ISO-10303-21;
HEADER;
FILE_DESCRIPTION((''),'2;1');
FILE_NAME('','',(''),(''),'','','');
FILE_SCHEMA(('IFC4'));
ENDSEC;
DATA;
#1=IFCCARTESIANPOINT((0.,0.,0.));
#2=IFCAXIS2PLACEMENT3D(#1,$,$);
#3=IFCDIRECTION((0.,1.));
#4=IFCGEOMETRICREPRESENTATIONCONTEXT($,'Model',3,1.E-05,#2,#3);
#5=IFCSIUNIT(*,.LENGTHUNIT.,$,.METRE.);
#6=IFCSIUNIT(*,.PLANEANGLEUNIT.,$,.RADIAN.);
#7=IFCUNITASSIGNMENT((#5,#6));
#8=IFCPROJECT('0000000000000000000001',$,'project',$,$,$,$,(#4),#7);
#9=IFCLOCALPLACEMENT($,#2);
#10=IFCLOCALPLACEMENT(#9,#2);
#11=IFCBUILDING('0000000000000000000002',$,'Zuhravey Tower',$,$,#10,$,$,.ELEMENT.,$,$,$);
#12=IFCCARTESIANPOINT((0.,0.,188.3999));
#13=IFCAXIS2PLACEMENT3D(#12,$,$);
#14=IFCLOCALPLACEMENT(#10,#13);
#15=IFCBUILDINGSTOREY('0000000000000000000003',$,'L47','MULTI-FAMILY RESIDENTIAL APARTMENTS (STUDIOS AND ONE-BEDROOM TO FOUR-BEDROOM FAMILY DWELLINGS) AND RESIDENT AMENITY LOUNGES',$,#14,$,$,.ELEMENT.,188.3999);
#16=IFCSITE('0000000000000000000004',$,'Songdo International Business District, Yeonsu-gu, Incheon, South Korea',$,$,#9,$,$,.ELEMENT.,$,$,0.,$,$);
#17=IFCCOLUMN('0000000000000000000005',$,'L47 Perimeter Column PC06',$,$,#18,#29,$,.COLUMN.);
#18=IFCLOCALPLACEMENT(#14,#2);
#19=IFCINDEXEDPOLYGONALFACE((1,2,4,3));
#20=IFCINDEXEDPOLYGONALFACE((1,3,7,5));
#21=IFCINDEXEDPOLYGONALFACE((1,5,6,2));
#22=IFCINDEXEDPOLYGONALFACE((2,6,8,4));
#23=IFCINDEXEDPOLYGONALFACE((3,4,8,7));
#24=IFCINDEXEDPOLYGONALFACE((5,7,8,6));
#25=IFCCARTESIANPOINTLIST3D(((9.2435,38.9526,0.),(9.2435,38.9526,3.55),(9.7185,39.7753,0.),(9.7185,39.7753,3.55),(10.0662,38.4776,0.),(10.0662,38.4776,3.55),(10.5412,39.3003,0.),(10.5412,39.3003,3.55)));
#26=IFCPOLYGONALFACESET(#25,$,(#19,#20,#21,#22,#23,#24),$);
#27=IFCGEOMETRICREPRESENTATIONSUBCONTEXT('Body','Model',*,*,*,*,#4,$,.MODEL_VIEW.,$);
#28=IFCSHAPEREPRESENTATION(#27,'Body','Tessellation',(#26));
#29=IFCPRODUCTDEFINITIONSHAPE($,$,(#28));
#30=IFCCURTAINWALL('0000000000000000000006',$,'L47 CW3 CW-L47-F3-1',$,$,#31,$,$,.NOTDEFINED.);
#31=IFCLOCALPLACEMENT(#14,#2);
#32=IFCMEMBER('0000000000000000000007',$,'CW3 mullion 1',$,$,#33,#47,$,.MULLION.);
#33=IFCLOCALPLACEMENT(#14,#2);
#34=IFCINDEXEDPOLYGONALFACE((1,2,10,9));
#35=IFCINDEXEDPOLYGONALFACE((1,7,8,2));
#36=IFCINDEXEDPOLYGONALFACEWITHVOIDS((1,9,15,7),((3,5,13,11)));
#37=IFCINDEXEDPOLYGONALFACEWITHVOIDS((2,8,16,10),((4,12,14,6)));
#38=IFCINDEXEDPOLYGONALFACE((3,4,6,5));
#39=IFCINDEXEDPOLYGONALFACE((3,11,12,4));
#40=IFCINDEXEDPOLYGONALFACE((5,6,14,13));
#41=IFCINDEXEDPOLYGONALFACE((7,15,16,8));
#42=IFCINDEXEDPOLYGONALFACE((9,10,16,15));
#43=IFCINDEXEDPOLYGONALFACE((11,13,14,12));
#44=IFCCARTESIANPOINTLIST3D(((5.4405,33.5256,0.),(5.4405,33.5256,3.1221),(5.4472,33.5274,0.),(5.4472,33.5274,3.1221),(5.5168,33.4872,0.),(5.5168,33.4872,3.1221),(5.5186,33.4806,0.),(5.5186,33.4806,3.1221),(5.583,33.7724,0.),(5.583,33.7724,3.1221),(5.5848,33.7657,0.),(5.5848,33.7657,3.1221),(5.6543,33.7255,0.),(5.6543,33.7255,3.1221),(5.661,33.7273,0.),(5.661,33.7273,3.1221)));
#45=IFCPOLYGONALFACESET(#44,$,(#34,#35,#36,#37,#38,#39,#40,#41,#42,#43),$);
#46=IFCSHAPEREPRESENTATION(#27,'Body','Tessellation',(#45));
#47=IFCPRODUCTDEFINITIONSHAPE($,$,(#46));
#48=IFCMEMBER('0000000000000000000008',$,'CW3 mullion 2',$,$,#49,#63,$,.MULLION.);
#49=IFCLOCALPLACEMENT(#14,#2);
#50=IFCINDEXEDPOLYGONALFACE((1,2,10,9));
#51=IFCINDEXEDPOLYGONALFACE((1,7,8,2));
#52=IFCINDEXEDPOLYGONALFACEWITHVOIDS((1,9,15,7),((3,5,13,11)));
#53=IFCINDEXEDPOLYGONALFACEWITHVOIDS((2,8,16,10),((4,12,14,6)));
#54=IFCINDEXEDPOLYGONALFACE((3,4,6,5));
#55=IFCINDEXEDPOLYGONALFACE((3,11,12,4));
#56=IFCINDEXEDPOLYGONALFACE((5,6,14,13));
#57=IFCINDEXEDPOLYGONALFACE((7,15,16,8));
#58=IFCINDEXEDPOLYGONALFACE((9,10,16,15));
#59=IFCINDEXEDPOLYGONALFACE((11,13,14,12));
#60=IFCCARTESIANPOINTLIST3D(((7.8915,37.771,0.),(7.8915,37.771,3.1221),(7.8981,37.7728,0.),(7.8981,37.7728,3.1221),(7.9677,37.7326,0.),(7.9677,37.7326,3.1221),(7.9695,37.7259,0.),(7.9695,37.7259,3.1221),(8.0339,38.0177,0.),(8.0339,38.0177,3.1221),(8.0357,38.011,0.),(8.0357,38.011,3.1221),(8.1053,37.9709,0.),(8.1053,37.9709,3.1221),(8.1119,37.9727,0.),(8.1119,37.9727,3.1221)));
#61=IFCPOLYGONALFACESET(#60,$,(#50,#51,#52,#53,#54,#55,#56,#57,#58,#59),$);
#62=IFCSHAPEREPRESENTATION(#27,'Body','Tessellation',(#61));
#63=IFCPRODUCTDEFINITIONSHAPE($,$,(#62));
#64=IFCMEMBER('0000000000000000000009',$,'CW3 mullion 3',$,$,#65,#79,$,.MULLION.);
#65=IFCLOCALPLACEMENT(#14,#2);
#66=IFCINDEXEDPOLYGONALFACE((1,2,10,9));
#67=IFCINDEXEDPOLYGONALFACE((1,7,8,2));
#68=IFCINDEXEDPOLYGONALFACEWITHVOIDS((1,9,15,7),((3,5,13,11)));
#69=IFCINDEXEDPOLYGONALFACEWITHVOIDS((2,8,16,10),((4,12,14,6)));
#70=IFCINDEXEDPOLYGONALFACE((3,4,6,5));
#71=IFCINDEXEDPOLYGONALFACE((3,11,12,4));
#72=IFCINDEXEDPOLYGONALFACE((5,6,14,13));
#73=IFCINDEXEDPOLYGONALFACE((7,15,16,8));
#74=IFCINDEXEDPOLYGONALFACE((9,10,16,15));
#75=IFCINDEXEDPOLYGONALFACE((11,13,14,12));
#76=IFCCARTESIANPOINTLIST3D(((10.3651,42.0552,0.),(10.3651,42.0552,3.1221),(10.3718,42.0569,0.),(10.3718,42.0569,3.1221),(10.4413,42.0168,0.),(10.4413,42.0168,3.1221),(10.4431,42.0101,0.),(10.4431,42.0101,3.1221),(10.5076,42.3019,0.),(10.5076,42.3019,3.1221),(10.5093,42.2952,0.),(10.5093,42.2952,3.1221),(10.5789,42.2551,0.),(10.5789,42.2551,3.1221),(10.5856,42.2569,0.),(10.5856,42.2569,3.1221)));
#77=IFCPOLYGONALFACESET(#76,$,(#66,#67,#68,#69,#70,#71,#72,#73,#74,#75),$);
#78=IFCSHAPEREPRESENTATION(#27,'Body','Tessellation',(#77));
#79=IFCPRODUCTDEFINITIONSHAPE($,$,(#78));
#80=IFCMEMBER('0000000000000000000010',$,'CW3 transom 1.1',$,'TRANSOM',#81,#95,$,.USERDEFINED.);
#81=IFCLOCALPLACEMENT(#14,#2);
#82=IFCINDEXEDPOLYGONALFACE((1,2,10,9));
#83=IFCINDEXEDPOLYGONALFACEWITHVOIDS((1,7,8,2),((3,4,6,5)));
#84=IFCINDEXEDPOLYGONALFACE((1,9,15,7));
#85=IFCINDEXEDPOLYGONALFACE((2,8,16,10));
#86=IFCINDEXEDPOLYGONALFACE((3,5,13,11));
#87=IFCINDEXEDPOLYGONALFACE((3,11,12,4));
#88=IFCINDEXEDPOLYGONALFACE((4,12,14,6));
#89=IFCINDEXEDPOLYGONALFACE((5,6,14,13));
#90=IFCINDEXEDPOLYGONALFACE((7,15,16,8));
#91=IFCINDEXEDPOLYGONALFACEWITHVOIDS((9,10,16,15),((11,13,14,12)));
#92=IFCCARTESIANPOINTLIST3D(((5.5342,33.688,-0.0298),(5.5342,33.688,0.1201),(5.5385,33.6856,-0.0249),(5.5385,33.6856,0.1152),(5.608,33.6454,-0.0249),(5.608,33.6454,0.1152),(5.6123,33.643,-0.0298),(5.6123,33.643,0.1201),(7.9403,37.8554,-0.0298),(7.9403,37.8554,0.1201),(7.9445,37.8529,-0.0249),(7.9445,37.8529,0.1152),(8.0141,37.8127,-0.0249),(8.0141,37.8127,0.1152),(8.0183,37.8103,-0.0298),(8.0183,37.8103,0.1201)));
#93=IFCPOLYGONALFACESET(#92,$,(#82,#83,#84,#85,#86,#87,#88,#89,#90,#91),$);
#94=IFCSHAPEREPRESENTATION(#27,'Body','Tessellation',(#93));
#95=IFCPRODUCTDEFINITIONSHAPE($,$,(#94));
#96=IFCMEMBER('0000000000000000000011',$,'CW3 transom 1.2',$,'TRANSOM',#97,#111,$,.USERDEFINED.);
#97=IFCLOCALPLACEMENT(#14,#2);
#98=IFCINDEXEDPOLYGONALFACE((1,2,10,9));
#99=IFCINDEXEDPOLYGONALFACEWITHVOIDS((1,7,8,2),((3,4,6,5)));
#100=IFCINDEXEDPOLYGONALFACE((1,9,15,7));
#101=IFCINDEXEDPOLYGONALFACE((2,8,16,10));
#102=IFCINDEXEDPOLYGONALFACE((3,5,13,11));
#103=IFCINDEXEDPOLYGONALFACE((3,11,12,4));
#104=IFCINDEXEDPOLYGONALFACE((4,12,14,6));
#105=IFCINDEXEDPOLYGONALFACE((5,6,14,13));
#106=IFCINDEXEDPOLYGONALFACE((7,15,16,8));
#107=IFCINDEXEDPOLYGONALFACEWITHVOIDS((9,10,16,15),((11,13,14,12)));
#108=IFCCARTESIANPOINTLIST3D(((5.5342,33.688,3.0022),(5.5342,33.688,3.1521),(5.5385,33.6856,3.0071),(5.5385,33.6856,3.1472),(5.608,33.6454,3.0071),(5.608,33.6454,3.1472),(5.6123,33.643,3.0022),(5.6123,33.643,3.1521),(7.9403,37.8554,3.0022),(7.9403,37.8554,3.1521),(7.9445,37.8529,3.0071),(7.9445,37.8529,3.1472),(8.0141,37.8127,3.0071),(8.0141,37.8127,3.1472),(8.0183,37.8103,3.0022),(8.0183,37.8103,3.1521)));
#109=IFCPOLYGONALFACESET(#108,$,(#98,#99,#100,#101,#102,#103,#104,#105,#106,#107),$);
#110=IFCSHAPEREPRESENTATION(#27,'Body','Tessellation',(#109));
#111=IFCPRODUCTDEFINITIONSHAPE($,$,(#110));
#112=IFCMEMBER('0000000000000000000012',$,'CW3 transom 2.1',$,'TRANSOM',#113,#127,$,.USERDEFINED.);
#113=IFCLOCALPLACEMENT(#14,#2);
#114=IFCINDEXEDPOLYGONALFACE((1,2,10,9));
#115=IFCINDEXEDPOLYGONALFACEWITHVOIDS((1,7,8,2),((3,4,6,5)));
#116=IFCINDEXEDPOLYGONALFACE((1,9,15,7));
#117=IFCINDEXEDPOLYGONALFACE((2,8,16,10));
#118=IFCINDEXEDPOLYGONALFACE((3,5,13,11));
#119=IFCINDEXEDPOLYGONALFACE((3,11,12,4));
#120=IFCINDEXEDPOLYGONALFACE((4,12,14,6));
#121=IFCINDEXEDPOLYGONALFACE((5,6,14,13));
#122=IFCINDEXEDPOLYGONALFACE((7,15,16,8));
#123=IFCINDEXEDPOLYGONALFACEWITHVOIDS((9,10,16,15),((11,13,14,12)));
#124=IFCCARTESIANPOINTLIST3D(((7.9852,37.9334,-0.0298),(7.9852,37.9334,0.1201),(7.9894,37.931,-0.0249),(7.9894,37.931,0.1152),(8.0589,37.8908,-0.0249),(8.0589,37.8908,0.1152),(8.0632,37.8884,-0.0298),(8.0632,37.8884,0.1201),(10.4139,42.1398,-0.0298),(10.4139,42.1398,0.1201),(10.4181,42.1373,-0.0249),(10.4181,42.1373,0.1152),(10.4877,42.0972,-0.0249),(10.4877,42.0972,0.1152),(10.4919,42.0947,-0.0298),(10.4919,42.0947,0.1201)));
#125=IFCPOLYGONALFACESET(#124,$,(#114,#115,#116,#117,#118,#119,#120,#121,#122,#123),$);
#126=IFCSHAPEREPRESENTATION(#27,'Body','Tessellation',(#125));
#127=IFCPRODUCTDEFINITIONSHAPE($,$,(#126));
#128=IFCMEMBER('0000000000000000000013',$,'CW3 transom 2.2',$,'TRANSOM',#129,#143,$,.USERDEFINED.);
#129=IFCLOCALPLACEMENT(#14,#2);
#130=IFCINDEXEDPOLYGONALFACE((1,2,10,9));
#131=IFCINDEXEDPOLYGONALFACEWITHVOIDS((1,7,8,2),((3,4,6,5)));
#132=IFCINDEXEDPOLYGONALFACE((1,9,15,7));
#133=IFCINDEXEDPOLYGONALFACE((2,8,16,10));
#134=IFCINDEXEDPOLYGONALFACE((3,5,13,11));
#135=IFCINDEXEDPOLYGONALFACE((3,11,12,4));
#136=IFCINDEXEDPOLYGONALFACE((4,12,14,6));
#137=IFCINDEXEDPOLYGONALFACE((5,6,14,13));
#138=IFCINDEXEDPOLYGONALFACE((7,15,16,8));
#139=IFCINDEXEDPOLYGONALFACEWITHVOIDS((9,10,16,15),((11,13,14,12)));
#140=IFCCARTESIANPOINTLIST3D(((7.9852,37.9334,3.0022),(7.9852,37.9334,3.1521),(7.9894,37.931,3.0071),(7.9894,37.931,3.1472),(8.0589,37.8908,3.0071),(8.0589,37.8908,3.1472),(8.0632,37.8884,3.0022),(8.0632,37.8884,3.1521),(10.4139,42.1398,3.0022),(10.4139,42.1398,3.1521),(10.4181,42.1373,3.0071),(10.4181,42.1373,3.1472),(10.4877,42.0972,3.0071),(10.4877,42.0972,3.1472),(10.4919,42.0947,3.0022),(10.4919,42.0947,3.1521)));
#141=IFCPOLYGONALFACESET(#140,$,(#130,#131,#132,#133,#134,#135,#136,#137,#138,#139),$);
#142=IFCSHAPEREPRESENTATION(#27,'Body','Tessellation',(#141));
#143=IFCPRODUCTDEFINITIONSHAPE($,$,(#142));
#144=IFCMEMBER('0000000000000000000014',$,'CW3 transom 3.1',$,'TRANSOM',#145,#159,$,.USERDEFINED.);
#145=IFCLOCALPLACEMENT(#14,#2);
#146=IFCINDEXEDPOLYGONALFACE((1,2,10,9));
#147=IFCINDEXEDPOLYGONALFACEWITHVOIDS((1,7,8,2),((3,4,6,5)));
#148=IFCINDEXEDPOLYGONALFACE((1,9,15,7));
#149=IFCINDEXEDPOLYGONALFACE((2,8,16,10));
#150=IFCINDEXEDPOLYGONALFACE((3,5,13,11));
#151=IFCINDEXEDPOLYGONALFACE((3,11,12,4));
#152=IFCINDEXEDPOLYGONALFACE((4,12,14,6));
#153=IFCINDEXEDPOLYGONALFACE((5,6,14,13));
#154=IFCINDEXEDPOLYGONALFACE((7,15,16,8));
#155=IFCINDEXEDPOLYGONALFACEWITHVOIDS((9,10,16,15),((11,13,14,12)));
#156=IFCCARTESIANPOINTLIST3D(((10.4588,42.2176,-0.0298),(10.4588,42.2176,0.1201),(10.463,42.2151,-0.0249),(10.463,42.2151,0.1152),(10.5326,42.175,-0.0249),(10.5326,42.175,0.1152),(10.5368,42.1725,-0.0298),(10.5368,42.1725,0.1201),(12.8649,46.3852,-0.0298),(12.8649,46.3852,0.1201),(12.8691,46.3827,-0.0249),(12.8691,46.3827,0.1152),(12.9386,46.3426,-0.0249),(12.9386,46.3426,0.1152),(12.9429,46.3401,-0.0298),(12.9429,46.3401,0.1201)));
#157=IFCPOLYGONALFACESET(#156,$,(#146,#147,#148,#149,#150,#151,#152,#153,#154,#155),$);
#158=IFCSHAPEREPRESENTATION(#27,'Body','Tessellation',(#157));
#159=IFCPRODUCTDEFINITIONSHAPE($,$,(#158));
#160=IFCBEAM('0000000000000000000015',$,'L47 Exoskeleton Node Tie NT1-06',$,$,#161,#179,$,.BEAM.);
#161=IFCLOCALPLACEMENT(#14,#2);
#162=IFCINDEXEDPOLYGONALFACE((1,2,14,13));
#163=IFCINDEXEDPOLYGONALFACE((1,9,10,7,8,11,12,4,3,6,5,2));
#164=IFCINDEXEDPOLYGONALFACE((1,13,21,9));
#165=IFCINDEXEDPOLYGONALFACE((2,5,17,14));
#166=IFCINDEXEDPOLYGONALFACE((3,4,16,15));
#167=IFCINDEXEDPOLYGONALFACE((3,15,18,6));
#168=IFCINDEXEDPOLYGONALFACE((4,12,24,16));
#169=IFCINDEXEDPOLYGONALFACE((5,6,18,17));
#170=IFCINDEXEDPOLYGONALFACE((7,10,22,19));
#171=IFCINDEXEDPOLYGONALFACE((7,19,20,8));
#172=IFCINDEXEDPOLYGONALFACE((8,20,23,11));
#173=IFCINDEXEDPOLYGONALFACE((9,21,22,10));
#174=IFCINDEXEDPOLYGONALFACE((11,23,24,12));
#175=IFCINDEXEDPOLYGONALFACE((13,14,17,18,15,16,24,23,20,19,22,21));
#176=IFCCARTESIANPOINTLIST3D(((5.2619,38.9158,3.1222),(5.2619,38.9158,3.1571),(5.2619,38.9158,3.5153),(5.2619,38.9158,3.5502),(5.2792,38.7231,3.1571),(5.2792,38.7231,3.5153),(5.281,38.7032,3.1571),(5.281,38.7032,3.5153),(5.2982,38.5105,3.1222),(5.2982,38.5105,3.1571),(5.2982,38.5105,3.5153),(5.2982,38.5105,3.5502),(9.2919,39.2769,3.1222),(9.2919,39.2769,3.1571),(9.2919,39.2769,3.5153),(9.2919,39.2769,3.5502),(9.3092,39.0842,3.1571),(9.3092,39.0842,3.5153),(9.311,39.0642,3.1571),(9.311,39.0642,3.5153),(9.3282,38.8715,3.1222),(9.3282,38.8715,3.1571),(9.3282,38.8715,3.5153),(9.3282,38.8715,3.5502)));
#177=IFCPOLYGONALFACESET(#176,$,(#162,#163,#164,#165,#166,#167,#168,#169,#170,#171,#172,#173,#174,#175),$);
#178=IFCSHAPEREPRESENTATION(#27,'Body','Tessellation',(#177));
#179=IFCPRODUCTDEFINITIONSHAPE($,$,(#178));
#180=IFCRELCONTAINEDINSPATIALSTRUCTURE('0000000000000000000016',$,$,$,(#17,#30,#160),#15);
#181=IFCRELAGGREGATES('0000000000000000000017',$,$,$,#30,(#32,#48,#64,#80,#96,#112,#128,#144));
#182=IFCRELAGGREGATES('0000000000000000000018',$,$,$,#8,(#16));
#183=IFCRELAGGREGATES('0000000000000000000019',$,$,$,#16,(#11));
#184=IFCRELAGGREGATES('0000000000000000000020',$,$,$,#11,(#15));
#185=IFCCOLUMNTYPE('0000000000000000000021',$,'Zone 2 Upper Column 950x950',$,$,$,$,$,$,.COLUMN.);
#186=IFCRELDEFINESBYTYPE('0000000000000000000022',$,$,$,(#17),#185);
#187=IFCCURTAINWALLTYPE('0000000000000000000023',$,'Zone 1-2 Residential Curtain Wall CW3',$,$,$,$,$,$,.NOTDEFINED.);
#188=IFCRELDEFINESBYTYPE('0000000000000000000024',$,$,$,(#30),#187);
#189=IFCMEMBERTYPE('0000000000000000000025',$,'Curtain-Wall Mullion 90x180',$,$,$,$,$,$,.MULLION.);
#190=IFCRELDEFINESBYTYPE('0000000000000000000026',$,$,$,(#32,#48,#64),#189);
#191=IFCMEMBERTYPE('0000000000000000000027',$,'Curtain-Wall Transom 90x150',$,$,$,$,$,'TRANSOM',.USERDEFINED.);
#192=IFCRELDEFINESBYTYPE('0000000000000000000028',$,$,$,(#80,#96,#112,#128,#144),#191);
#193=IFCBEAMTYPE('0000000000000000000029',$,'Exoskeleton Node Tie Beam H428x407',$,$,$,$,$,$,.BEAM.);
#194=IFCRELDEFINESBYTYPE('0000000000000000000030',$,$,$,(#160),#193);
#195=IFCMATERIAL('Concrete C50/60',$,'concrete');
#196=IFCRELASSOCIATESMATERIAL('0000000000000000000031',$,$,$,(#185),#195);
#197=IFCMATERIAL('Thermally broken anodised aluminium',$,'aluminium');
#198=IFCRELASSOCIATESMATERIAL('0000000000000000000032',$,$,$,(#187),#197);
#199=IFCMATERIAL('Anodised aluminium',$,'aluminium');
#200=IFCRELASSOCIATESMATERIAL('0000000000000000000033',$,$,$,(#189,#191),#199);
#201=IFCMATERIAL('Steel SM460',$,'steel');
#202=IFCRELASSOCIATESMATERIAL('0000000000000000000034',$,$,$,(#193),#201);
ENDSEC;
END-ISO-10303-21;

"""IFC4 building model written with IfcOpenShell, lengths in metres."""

from ifc_helpers import new_model, si_unit, direction, frame, origin, origin_2d, place, context, subcontext, project, spatial, rectangle, hollow_rectangle, i_section, extrude, material, material_profile, profile_set, type_object, element, aggregate, save


model = new_model("IFC4")

# Units and contexts
model_context = context("Model", 3, precision=1e-05, world=origin(), true_north=direction((0.0, 1.0)))
body_context = subcontext(model_context, "Body", "Model", "MODEL_VIEW")
ifc_project = project(units=[si_unit("LENGTHUNIT", "METRE"), si_unit("PLANEANGLEUNIT", "RADIAN")], contexts=[model_context])

# Site, building, storey
site_placement = place(None, origin())
site = spatial("IfcSite", under=ifc_project, at=site_placement, Name="Songdo International Business District, Yeonsu-gu, Incheon, South Korea", CompositionType="ELEMENT", RefElevation=0.0)
building_placement = place(site_placement, origin())
building = spatial("IfcBuilding", under=site, at=building_placement, Name="Zuhravey Tower", CompositionType="ELEMENT")
storey_placement = place(building_placement, frame((0.0, 0.0, 188.3999)))
storey = spatial("IfcBuildingStorey", under=building, at=storey_placement, Name="L47", Description="MULTI-FAMILY RESIDENTIAL APARTMENTS (STUDIOS AND ONE-BEDROOM TO FOUR-BEDROOM FAMILY DWELLINGS) AND RESIDENT AMENITY LOUNGES", CompositionType="ELEMENT", Elevation=188.3999)

# Column
ifc_material_1 = material(Name="Concrete C50/60", Category="concrete")
ifc_material_profile_1 = material_profile(ifc_material_1, rectangle(XDim=0.95, YDim=0.95, at=origin_2d()), Name="RC-950x950")
ifc_profile_set_1 = profile_set([ifc_material_profile_1], Name="Concrete C50/60")
column_type = type_object("IfcColumnType", Name="Zone 2 Upper Column 950x950", PredefinedType="COLUMN", material=ifc_profile_set_1)
column_placement = place(storey_placement, frame((9.8923, 39.1265, 0.0), z_axis=(0.0, 0.0, 1.0), x_axis=(-0.5, -0.866025, 0.0)))
element("IfcColumn", 1, at=column_placement, inside=storey, type_object=column_type, Name="L47 Perimeter Column PC06", PredefinedType="COLUMN", context=body_context, shape_type="SweptSolid", body=[
    extrude(rectangle(XDim=0.95, YDim=0.95, at=origin_2d()), origin(), (0.0, 0.0, 1.0), 3.55),
])

# Curtain wall, members
ifc_material_2 = material(Name="Thermally broken anodised aluminium", Category="aluminium")
curtain_wall_type = type_object("IfcCurtainWallType", Name="Zone 1-2 Residential Curtain Wall CW3", PredefinedType="NOTDEFINED", material=ifc_material_2)
curtain_wall_placement = place(storey_placement, origin())
curtain_wall = element("IfcCurtainWall", 2, at=curtain_wall_placement, inside=storey, type_object=curtain_wall_type, Name="L47 CW3 CW-L47-F3-1", PredefinedType="NOTDEFINED")
ifc_material_3 = material(Name="Anodised aluminium", Category="aluminium")
ifc_material_profile_2 = material_profile(ifc_material_3, hollow_rectangle(XDim=0.0901, YDim=0.2849, WallThickness=0.0049, at=origin_2d()), Name="ALU-RHS-90x285x5")
ifc_profile_set_2 = profile_set([ifc_material_profile_2], Name="Anodised aluminium")
member_type_1 = type_object("IfcMemberType", Name="Curtain-Wall Mullion 90x180", PredefinedType="MULLION", material=ifc_profile_set_2)
member_1_placement = place(storey_placement, frame((5.5508, 33.6265, 0.0), z_axis=(0.0, 0.0, 1.0), x_axis=(-0.866026, 0.499999, 0.0)))
member_1 = element("IfcMember", 3, at=member_1_placement, type_object=member_type_1, Name="CW3 mullion 1", PredefinedType="MULLION", context=body_context, shape_type="SweptSolid", body=[
    extrude(hollow_rectangle(XDim=0.0901, YDim=0.2849, WallThickness=0.0049, at=origin_2d()), origin(), (0.0, 0.0, 1.0), 3.1221),
])
member_2_placement = place(storey_placement, frame((8.0017, 37.8718, 0.0), z_axis=(0.0, 0.0, 1.0), x_axis=(-0.866026, 0.499999, 0.0)))
member_2 = element("IfcMember", 4, at=member_2_placement, type_object=member_type_1, Name="CW3 mullion 2", PredefinedType="MULLION", context=body_context, shape_type="SweptSolid", body=[
    extrude(hollow_rectangle(XDim=0.0901, YDim=0.2849, WallThickness=0.0049, at=origin_2d()), origin(), (0.0, 0.0, 1.0), 3.1221),
])
member_3_placement = place(storey_placement, frame((10.4753, 42.156, 0.0), z_axis=(0.0, 0.0, 1.0), x_axis=(-0.866026, 0.499999, 0.0)))
member_3 = element("IfcMember", 5, at=member_3_placement, type_object=member_type_1, Name="CW3 mullion 3", PredefinedType="MULLION", context=body_context, shape_type="SweptSolid", body=[
    extrude(hollow_rectangle(XDim=0.0901, YDim=0.2849, WallThickness=0.0049, at=origin_2d()), origin(), (0.0, 0.0, 1.0), 3.1221),
])
ifc_material_profile_3 = material_profile(ifc_material_3, hollow_rectangle(XDim=0.0901, YDim=0.1499, WallThickness=0.0049, at=origin_2d()), Name="ALU-RHS-90x150x5")
ifc_profile_set_3 = profile_set([ifc_material_profile_3], Name="Anodised aluminium")
member_type_2 = type_object("IfcMemberType", Name="Curtain-Wall Transom 90x150", ElementType="TRANSOM", PredefinedType="USERDEFINED", material=ifc_profile_set_3)
member_4_placement = place(storey_placement, frame((5.5732, 33.6655, 0.0452), z_axis=(0.500008, 0.866021, 0.0), x_axis=(-0.866021, 0.500008, 0.0)))
member_4 = element("IfcMember", 6, at=member_4_placement, type_object=member_type_2, Name="CW3 transom 1.1", ObjectType="TRANSOM", PredefinedType="USERDEFINED", context=body_context, shape_type="SweptSolid", body=[
    extrude(hollow_rectangle(XDim=0.0901, YDim=0.1499, WallThickness=0.0049, at=origin_2d()), origin(), (0.0, 0.0, 1.0), 4.812),
])
member_5_placement = place(storey_placement, frame((5.5732, 33.6655, 3.0771), z_axis=(0.500008, 0.866021, 0.0), x_axis=(-0.866021, 0.500008, 0.0)))
member_5 = element("IfcMember", 7, at=member_5_placement, type_object=member_type_2, Name="CW3 transom 1.2", ObjectType="TRANSOM", PredefinedType="USERDEFINED", context=body_context, shape_type="SweptSolid", body=[
    extrude(hollow_rectangle(XDim=0.0901, YDim=0.1499, WallThickness=0.0049, at=origin_2d()), origin(), (0.0, 0.0, 1.0), 4.812),
])
member_6_placement = place(storey_placement, frame((8.0242, 37.9109, 0.0452), z_axis=(0.500031, 0.866007, 0.0), x_axis=(-0.866007, 0.500031, 0.0)))
member_6 = element("IfcMember", 8, at=member_6_placement, type_object=member_type_2, Name="CW3 transom 2.1", ObjectType="TRANSOM", PredefinedType="USERDEFINED", context=body_context, shape_type="SweptSolid", body=[
    extrude(hollow_rectangle(XDim=0.0901, YDim=0.1499, WallThickness=0.0049, at=origin_2d()), origin(), (0.0, 0.0, 1.0), 4.8572),
])
member_7_placement = place(storey_placement, frame((8.0242, 37.9109, 3.0771), z_axis=(0.500031, 0.866007, 0.0), x_axis=(-0.866007, 0.500031, 0.0)))
member_7 = element("IfcMember", 9, at=member_7_placement, type_object=member_type_2, Name="CW3 transom 2.2", ObjectType="TRANSOM", PredefinedType="USERDEFINED", context=body_context, shape_type="SweptSolid", body=[
    extrude(hollow_rectangle(XDim=0.0901, YDim=0.1499, WallThickness=0.0049, at=origin_2d()), origin(), (0.0, 0.0, 1.0), 4.8572),
])
member_8_placement = place(storey_placement, frame((10.4978, 42.1951, 0.0452), z_axis=(0.499986, 0.866034, 0.0), x_axis=(-0.866034, 0.499986, 0.0)))
member_8 = element("IfcMember", 10, at=member_8_placement, type_object=member_type_2, Name="CW3 transom 3.1", ObjectType="TRANSOM", PredefinedType="USERDEFINED", context=body_context, shape_type="SweptSolid", body=[
    extrude(hollow_rectangle(XDim=0.0901, YDim=0.1499, WallThickness=0.0049, at=origin_2d()), origin(), (0.0, 0.0, 1.0), 4.8123),
])

# Beam
ifc_material_4 = material(Name="Steel SM460", Category="steel")
ifc_material_profile_4 = material_profile(ifc_material_4, i_section(OverallWidth=0.407, OverallDepth=0.428, WebThickness=0.02, FlangeThickness=0.0349, at=origin_2d()), Name="H-428x407x20x35")
ifc_profile_set_4 = profile_set([ifc_material_profile_4], Name="Steel SM460")
beam_type_1 = type_object("IfcBeamType", Name="Exoskeleton Node Tie Beam H428x407", PredefinedType="BEAM", material=ifc_profile_set_4)
beam_1_placement = place(storey_placement, frame((9.3101, 39.0742, 3.3362), z_axis=(-0.99601, -0.089241, 0.0), x_axis=(0.089241, -0.99601, 0.0)))
element("IfcBeam", 11, at=beam_1_placement, inside=storey, type_object=beam_type_1, Name="L47 Exoskeleton Node Tie NT1-06", PredefinedType="BEAM", context=body_context, shape_type="SweptSolid", body=[
    extrude(i_section(OverallWidth=0.407, OverallDepth=0.428, WebThickness=0.02, FlangeThickness=0.0349, at=origin_2d()), origin(), (0.0, 0.0, 1.0), 4.0461),
])

aggregate(curtain_wall, [member_1, member_2, member_3, member_4, member_5, member_6, member_7, member_8])

save(model, "model.ifc")
